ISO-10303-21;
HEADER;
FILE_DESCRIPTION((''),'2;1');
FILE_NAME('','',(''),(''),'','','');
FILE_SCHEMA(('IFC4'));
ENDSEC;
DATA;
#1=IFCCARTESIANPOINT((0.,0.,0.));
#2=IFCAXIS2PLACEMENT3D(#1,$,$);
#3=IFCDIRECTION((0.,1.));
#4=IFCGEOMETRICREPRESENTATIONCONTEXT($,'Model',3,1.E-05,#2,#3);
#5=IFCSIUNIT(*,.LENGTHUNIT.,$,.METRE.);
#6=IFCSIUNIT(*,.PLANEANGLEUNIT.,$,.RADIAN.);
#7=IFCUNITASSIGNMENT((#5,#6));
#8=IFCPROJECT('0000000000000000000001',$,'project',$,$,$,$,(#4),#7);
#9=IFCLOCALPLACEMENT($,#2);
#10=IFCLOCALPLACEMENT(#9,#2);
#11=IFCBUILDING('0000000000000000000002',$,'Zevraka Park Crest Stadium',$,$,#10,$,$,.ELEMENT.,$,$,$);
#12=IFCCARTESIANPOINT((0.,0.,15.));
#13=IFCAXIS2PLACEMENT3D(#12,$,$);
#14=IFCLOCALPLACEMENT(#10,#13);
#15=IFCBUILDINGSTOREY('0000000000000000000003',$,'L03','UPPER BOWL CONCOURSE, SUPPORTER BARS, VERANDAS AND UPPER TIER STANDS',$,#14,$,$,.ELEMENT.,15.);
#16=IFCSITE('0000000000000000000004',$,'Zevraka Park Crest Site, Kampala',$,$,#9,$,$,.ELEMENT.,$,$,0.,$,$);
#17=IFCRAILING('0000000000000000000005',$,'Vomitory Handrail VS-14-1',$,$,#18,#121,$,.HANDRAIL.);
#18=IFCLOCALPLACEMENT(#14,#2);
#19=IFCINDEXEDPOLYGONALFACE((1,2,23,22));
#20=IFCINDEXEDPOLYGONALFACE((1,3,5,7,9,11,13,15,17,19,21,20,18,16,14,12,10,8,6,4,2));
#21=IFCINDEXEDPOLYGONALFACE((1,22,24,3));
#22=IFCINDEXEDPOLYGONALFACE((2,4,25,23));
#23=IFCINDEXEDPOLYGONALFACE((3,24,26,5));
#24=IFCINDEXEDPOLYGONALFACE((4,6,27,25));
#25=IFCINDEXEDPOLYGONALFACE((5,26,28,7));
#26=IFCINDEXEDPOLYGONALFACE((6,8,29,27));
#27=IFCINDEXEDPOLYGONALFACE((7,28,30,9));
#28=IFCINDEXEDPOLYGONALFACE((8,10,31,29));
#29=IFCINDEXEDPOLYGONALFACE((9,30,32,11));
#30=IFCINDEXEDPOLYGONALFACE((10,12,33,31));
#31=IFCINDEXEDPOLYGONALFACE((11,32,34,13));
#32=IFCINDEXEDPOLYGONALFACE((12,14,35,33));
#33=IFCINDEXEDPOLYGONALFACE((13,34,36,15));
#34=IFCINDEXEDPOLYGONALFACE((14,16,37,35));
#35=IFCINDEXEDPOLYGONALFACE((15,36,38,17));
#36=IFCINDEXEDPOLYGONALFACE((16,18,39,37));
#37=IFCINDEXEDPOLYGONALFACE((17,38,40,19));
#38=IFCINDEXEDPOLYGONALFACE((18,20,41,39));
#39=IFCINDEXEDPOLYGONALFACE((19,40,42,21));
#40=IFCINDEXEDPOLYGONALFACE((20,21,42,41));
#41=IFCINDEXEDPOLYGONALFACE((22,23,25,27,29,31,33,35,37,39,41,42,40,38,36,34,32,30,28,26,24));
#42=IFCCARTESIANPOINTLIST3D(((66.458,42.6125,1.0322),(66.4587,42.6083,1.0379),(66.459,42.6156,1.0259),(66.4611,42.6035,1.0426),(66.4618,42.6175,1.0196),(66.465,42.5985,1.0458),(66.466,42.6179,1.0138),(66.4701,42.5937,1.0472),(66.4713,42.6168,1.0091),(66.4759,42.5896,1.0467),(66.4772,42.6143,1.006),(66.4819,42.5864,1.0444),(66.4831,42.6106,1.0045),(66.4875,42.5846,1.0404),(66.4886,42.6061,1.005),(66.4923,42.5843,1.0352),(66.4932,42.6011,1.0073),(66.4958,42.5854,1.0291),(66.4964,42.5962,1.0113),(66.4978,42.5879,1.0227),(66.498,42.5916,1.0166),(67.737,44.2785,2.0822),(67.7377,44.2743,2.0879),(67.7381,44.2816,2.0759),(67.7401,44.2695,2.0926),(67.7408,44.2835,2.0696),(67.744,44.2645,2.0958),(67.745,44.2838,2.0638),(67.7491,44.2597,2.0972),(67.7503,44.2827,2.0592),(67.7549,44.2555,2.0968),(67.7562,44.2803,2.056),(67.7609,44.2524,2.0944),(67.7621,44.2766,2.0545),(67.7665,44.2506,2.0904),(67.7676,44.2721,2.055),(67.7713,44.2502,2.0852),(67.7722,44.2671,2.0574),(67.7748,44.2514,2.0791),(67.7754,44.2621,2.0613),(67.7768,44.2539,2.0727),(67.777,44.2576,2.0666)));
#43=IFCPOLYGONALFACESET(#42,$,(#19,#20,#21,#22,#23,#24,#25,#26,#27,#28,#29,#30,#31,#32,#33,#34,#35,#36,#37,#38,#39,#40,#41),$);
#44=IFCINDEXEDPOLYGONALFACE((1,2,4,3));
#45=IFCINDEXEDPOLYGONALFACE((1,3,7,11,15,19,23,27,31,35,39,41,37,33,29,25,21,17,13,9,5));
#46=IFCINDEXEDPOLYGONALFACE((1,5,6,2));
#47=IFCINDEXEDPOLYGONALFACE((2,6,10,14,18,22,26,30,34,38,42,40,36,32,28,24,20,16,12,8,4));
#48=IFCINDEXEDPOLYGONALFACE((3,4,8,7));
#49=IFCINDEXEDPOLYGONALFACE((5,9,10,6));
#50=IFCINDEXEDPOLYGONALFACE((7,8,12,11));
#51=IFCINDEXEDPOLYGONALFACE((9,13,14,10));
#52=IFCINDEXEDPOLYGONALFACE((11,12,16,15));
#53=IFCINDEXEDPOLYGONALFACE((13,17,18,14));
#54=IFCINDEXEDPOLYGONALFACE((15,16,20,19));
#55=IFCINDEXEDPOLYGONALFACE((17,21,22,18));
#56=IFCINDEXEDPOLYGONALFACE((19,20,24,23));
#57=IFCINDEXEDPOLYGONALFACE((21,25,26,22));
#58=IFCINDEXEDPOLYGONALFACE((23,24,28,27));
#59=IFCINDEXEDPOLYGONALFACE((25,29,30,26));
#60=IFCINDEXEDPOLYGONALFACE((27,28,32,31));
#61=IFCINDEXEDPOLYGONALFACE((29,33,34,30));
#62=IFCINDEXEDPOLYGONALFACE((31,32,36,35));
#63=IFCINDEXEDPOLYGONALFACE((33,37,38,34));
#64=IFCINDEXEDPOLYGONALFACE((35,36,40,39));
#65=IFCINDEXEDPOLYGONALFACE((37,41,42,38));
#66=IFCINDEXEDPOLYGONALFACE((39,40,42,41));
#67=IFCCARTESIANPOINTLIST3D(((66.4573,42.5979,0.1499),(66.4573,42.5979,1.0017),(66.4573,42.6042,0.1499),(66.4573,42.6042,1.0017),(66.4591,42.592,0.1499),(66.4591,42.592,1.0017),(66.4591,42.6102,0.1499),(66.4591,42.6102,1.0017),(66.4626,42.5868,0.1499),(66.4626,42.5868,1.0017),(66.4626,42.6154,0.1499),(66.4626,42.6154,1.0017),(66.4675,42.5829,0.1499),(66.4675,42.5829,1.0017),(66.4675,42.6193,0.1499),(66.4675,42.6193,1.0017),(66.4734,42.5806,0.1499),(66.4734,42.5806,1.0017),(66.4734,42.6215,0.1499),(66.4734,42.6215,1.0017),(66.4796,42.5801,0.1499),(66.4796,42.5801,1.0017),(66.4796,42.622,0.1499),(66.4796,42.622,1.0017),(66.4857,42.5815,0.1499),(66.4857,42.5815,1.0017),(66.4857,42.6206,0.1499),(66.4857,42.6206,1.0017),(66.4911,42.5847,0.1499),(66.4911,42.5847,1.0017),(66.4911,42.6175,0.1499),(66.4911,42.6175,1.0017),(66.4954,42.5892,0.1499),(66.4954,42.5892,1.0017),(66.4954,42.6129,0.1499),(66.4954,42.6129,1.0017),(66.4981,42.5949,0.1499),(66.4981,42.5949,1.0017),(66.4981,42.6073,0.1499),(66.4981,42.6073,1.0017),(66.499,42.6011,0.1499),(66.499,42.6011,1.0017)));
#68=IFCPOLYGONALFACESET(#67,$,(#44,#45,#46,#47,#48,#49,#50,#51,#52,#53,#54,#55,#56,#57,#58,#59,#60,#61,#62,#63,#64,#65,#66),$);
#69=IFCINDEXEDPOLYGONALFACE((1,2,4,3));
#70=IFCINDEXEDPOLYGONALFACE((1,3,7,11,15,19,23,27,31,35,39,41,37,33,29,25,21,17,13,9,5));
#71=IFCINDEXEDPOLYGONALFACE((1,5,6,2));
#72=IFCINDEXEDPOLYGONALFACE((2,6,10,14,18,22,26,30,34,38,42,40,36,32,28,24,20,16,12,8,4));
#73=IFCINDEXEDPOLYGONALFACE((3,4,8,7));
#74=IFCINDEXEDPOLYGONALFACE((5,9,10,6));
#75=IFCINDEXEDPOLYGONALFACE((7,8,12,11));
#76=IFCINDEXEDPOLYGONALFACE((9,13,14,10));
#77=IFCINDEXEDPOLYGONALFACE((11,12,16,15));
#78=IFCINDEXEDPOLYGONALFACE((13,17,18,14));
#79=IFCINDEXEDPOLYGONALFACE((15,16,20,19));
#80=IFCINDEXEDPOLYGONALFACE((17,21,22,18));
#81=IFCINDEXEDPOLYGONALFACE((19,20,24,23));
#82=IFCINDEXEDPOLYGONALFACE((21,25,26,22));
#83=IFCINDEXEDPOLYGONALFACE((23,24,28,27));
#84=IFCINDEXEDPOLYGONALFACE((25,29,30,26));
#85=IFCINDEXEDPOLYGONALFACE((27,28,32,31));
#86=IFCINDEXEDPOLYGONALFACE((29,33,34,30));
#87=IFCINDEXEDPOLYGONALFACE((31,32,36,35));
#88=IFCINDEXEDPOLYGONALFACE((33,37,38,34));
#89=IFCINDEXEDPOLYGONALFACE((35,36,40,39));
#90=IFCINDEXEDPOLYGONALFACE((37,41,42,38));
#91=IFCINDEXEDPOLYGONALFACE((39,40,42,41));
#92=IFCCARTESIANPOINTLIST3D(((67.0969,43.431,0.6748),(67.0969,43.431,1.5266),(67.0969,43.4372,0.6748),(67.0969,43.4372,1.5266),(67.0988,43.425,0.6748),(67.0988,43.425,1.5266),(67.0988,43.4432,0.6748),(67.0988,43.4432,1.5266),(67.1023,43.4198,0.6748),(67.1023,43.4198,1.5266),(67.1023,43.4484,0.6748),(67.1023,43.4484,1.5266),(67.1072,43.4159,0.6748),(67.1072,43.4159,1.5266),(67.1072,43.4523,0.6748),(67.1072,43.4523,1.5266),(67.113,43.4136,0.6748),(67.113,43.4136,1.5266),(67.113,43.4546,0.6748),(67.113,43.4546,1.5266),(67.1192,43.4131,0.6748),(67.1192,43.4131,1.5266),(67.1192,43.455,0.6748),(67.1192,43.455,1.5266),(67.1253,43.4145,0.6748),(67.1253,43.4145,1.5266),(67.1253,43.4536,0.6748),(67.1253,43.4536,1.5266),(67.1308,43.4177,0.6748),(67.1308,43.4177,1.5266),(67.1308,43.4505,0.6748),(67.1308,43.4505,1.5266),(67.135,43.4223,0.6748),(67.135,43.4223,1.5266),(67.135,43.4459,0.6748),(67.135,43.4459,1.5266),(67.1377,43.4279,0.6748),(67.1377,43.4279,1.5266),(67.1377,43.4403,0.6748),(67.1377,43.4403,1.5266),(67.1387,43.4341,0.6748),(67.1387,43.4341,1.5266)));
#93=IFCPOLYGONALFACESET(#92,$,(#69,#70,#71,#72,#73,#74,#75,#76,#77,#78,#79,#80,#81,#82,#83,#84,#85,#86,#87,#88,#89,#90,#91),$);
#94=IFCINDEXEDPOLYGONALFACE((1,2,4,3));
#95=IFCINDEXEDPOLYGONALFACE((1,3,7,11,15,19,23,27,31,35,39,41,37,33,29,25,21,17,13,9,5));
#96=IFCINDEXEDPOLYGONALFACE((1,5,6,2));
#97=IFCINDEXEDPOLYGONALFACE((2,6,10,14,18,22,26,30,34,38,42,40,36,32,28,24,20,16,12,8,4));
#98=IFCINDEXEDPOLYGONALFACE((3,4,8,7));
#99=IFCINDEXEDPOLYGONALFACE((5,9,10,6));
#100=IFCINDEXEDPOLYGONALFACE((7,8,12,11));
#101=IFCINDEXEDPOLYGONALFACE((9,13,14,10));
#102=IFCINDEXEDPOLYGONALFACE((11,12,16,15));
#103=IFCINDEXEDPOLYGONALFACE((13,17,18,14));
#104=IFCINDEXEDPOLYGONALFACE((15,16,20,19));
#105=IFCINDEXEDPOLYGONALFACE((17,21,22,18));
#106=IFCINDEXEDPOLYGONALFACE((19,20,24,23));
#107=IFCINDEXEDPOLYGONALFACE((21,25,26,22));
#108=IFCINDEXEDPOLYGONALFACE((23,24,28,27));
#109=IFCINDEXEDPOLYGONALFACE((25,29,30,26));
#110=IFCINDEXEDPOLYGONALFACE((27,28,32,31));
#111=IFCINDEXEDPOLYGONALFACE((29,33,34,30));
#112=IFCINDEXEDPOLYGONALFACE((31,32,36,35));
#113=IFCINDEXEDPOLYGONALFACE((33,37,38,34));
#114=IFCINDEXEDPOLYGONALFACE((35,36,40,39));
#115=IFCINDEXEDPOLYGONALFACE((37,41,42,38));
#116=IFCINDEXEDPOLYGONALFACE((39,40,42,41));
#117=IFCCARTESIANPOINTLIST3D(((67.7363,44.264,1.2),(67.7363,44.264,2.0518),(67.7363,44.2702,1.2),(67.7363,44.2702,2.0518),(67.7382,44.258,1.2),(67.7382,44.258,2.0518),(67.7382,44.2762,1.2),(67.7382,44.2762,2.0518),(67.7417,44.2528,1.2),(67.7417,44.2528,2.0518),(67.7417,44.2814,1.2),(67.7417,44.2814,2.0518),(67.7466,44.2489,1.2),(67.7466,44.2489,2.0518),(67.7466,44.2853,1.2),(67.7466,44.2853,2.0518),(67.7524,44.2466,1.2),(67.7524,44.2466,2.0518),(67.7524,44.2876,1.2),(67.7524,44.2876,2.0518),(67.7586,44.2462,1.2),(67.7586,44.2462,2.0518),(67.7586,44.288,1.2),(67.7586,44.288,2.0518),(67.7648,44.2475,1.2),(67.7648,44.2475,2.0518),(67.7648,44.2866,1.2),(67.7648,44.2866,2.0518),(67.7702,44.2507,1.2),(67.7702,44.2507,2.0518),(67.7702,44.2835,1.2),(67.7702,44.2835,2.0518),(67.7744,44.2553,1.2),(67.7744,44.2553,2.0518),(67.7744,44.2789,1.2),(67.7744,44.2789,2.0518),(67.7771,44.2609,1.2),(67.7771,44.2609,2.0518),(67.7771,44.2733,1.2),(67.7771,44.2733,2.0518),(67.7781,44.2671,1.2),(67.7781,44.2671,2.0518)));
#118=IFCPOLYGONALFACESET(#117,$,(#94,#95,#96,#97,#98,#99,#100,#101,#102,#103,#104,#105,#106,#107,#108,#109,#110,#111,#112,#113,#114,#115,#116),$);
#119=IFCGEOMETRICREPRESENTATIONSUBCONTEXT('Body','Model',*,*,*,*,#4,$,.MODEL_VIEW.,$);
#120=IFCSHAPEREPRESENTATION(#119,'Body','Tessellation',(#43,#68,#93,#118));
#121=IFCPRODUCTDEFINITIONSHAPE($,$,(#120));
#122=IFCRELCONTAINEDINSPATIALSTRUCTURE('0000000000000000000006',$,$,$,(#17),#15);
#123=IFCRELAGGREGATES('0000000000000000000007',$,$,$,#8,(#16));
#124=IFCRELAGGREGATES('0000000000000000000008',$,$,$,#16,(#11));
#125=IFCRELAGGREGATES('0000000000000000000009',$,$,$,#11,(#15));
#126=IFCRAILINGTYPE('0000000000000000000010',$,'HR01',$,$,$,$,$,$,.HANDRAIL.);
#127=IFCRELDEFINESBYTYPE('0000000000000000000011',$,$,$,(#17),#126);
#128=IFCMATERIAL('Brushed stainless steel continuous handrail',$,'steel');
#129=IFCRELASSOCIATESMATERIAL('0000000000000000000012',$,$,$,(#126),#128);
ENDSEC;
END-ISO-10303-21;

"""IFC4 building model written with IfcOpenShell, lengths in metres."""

from ifc_helpers import new_model, si_unit, direction, frame, origin, origin_2d, place, context, subcontext, project, spatial, circle, extrude, material, type_object, element, save


model = new_model("IFC4")

# Units and contexts
model_context = context("Model", 3, precision=1e-05, world=origin(), true_north=direction((0.0, 1.0)))
body_context = subcontext(model_context, "Body", "Model", "MODEL_VIEW")
ifc_project = project(units=[si_unit("LENGTHUNIT", "METRE"), si_unit("PLANEANGLEUNIT", "RADIAN")], contexts=[model_context])

# Site, building, storey
site_placement = place(None, origin())
site = spatial("IfcSite", under=ifc_project, at=site_placement, Name="Zevraka Park Crest Site, Kampala", CompositionType="ELEMENT", RefElevation=0.0)
building_placement = place(site_placement, origin())
building = spatial("IfcBuilding", under=site, at=building_placement, Name="Zevraka Park Crest Stadium", CompositionType="ELEMENT")
storey_placement = place(building_placement, frame((0.0, 0.0, 15.0)))
storey = spatial("IfcBuildingStorey", under=building, at=storey_placement, Name="L03", Description="UPPER BOWL CONCOURSE, SUPPORTER BARS, VERANDAS AND UPPER TIER STANDS", CompositionType="ELEMENT", Elevation=15.0)

# Railing
ifc_material_1 = material(Name="Brushed stainless steel continuous handrail", Category="steel")
railing_type_1 = type_object("IfcRailingType", Name="HR01", PredefinedType="HANDRAIL", material=ifc_material_1)
railing_1_placement = place(storey_placement, frame((66.478, 42.6011, 0.1499)))
element("IfcRailing", 1, at=railing_1_placement, inside=storey, type_object=railing_type_1, Name="Vomitory Handrail VS-14-1", PredefinedType="HANDRAIL", context=body_context, shape_type="SweptSolid", body=[
    extrude(circle(Radius=0.0239, at=origin_2d()), frame((0.0, 0.0, 0.876), z_axis=(0.544688, 0.709477, 0.447166), x_axis=(-0.793198, 0.608963, 0.0)), (0.0, 0.0, 1.0), 2.3481),
    extrude(circle(Radius=0.021, at=origin_2d()), origin(), (0.0, 0.0, 1.0), 0.8518),
    extrude(circle(Radius=0.021, at=origin_2d()), frame((0.6396, 0.833, 0.5249)), (0.0, 0.0, 1.0), 0.8518),
    extrude(circle(Radius=0.021, at=origin_2d()), frame((1.2791, 1.666, 1.05)), (0.0, 0.0, 1.0), 0.8518),
])

save(model, "model.ifc")
